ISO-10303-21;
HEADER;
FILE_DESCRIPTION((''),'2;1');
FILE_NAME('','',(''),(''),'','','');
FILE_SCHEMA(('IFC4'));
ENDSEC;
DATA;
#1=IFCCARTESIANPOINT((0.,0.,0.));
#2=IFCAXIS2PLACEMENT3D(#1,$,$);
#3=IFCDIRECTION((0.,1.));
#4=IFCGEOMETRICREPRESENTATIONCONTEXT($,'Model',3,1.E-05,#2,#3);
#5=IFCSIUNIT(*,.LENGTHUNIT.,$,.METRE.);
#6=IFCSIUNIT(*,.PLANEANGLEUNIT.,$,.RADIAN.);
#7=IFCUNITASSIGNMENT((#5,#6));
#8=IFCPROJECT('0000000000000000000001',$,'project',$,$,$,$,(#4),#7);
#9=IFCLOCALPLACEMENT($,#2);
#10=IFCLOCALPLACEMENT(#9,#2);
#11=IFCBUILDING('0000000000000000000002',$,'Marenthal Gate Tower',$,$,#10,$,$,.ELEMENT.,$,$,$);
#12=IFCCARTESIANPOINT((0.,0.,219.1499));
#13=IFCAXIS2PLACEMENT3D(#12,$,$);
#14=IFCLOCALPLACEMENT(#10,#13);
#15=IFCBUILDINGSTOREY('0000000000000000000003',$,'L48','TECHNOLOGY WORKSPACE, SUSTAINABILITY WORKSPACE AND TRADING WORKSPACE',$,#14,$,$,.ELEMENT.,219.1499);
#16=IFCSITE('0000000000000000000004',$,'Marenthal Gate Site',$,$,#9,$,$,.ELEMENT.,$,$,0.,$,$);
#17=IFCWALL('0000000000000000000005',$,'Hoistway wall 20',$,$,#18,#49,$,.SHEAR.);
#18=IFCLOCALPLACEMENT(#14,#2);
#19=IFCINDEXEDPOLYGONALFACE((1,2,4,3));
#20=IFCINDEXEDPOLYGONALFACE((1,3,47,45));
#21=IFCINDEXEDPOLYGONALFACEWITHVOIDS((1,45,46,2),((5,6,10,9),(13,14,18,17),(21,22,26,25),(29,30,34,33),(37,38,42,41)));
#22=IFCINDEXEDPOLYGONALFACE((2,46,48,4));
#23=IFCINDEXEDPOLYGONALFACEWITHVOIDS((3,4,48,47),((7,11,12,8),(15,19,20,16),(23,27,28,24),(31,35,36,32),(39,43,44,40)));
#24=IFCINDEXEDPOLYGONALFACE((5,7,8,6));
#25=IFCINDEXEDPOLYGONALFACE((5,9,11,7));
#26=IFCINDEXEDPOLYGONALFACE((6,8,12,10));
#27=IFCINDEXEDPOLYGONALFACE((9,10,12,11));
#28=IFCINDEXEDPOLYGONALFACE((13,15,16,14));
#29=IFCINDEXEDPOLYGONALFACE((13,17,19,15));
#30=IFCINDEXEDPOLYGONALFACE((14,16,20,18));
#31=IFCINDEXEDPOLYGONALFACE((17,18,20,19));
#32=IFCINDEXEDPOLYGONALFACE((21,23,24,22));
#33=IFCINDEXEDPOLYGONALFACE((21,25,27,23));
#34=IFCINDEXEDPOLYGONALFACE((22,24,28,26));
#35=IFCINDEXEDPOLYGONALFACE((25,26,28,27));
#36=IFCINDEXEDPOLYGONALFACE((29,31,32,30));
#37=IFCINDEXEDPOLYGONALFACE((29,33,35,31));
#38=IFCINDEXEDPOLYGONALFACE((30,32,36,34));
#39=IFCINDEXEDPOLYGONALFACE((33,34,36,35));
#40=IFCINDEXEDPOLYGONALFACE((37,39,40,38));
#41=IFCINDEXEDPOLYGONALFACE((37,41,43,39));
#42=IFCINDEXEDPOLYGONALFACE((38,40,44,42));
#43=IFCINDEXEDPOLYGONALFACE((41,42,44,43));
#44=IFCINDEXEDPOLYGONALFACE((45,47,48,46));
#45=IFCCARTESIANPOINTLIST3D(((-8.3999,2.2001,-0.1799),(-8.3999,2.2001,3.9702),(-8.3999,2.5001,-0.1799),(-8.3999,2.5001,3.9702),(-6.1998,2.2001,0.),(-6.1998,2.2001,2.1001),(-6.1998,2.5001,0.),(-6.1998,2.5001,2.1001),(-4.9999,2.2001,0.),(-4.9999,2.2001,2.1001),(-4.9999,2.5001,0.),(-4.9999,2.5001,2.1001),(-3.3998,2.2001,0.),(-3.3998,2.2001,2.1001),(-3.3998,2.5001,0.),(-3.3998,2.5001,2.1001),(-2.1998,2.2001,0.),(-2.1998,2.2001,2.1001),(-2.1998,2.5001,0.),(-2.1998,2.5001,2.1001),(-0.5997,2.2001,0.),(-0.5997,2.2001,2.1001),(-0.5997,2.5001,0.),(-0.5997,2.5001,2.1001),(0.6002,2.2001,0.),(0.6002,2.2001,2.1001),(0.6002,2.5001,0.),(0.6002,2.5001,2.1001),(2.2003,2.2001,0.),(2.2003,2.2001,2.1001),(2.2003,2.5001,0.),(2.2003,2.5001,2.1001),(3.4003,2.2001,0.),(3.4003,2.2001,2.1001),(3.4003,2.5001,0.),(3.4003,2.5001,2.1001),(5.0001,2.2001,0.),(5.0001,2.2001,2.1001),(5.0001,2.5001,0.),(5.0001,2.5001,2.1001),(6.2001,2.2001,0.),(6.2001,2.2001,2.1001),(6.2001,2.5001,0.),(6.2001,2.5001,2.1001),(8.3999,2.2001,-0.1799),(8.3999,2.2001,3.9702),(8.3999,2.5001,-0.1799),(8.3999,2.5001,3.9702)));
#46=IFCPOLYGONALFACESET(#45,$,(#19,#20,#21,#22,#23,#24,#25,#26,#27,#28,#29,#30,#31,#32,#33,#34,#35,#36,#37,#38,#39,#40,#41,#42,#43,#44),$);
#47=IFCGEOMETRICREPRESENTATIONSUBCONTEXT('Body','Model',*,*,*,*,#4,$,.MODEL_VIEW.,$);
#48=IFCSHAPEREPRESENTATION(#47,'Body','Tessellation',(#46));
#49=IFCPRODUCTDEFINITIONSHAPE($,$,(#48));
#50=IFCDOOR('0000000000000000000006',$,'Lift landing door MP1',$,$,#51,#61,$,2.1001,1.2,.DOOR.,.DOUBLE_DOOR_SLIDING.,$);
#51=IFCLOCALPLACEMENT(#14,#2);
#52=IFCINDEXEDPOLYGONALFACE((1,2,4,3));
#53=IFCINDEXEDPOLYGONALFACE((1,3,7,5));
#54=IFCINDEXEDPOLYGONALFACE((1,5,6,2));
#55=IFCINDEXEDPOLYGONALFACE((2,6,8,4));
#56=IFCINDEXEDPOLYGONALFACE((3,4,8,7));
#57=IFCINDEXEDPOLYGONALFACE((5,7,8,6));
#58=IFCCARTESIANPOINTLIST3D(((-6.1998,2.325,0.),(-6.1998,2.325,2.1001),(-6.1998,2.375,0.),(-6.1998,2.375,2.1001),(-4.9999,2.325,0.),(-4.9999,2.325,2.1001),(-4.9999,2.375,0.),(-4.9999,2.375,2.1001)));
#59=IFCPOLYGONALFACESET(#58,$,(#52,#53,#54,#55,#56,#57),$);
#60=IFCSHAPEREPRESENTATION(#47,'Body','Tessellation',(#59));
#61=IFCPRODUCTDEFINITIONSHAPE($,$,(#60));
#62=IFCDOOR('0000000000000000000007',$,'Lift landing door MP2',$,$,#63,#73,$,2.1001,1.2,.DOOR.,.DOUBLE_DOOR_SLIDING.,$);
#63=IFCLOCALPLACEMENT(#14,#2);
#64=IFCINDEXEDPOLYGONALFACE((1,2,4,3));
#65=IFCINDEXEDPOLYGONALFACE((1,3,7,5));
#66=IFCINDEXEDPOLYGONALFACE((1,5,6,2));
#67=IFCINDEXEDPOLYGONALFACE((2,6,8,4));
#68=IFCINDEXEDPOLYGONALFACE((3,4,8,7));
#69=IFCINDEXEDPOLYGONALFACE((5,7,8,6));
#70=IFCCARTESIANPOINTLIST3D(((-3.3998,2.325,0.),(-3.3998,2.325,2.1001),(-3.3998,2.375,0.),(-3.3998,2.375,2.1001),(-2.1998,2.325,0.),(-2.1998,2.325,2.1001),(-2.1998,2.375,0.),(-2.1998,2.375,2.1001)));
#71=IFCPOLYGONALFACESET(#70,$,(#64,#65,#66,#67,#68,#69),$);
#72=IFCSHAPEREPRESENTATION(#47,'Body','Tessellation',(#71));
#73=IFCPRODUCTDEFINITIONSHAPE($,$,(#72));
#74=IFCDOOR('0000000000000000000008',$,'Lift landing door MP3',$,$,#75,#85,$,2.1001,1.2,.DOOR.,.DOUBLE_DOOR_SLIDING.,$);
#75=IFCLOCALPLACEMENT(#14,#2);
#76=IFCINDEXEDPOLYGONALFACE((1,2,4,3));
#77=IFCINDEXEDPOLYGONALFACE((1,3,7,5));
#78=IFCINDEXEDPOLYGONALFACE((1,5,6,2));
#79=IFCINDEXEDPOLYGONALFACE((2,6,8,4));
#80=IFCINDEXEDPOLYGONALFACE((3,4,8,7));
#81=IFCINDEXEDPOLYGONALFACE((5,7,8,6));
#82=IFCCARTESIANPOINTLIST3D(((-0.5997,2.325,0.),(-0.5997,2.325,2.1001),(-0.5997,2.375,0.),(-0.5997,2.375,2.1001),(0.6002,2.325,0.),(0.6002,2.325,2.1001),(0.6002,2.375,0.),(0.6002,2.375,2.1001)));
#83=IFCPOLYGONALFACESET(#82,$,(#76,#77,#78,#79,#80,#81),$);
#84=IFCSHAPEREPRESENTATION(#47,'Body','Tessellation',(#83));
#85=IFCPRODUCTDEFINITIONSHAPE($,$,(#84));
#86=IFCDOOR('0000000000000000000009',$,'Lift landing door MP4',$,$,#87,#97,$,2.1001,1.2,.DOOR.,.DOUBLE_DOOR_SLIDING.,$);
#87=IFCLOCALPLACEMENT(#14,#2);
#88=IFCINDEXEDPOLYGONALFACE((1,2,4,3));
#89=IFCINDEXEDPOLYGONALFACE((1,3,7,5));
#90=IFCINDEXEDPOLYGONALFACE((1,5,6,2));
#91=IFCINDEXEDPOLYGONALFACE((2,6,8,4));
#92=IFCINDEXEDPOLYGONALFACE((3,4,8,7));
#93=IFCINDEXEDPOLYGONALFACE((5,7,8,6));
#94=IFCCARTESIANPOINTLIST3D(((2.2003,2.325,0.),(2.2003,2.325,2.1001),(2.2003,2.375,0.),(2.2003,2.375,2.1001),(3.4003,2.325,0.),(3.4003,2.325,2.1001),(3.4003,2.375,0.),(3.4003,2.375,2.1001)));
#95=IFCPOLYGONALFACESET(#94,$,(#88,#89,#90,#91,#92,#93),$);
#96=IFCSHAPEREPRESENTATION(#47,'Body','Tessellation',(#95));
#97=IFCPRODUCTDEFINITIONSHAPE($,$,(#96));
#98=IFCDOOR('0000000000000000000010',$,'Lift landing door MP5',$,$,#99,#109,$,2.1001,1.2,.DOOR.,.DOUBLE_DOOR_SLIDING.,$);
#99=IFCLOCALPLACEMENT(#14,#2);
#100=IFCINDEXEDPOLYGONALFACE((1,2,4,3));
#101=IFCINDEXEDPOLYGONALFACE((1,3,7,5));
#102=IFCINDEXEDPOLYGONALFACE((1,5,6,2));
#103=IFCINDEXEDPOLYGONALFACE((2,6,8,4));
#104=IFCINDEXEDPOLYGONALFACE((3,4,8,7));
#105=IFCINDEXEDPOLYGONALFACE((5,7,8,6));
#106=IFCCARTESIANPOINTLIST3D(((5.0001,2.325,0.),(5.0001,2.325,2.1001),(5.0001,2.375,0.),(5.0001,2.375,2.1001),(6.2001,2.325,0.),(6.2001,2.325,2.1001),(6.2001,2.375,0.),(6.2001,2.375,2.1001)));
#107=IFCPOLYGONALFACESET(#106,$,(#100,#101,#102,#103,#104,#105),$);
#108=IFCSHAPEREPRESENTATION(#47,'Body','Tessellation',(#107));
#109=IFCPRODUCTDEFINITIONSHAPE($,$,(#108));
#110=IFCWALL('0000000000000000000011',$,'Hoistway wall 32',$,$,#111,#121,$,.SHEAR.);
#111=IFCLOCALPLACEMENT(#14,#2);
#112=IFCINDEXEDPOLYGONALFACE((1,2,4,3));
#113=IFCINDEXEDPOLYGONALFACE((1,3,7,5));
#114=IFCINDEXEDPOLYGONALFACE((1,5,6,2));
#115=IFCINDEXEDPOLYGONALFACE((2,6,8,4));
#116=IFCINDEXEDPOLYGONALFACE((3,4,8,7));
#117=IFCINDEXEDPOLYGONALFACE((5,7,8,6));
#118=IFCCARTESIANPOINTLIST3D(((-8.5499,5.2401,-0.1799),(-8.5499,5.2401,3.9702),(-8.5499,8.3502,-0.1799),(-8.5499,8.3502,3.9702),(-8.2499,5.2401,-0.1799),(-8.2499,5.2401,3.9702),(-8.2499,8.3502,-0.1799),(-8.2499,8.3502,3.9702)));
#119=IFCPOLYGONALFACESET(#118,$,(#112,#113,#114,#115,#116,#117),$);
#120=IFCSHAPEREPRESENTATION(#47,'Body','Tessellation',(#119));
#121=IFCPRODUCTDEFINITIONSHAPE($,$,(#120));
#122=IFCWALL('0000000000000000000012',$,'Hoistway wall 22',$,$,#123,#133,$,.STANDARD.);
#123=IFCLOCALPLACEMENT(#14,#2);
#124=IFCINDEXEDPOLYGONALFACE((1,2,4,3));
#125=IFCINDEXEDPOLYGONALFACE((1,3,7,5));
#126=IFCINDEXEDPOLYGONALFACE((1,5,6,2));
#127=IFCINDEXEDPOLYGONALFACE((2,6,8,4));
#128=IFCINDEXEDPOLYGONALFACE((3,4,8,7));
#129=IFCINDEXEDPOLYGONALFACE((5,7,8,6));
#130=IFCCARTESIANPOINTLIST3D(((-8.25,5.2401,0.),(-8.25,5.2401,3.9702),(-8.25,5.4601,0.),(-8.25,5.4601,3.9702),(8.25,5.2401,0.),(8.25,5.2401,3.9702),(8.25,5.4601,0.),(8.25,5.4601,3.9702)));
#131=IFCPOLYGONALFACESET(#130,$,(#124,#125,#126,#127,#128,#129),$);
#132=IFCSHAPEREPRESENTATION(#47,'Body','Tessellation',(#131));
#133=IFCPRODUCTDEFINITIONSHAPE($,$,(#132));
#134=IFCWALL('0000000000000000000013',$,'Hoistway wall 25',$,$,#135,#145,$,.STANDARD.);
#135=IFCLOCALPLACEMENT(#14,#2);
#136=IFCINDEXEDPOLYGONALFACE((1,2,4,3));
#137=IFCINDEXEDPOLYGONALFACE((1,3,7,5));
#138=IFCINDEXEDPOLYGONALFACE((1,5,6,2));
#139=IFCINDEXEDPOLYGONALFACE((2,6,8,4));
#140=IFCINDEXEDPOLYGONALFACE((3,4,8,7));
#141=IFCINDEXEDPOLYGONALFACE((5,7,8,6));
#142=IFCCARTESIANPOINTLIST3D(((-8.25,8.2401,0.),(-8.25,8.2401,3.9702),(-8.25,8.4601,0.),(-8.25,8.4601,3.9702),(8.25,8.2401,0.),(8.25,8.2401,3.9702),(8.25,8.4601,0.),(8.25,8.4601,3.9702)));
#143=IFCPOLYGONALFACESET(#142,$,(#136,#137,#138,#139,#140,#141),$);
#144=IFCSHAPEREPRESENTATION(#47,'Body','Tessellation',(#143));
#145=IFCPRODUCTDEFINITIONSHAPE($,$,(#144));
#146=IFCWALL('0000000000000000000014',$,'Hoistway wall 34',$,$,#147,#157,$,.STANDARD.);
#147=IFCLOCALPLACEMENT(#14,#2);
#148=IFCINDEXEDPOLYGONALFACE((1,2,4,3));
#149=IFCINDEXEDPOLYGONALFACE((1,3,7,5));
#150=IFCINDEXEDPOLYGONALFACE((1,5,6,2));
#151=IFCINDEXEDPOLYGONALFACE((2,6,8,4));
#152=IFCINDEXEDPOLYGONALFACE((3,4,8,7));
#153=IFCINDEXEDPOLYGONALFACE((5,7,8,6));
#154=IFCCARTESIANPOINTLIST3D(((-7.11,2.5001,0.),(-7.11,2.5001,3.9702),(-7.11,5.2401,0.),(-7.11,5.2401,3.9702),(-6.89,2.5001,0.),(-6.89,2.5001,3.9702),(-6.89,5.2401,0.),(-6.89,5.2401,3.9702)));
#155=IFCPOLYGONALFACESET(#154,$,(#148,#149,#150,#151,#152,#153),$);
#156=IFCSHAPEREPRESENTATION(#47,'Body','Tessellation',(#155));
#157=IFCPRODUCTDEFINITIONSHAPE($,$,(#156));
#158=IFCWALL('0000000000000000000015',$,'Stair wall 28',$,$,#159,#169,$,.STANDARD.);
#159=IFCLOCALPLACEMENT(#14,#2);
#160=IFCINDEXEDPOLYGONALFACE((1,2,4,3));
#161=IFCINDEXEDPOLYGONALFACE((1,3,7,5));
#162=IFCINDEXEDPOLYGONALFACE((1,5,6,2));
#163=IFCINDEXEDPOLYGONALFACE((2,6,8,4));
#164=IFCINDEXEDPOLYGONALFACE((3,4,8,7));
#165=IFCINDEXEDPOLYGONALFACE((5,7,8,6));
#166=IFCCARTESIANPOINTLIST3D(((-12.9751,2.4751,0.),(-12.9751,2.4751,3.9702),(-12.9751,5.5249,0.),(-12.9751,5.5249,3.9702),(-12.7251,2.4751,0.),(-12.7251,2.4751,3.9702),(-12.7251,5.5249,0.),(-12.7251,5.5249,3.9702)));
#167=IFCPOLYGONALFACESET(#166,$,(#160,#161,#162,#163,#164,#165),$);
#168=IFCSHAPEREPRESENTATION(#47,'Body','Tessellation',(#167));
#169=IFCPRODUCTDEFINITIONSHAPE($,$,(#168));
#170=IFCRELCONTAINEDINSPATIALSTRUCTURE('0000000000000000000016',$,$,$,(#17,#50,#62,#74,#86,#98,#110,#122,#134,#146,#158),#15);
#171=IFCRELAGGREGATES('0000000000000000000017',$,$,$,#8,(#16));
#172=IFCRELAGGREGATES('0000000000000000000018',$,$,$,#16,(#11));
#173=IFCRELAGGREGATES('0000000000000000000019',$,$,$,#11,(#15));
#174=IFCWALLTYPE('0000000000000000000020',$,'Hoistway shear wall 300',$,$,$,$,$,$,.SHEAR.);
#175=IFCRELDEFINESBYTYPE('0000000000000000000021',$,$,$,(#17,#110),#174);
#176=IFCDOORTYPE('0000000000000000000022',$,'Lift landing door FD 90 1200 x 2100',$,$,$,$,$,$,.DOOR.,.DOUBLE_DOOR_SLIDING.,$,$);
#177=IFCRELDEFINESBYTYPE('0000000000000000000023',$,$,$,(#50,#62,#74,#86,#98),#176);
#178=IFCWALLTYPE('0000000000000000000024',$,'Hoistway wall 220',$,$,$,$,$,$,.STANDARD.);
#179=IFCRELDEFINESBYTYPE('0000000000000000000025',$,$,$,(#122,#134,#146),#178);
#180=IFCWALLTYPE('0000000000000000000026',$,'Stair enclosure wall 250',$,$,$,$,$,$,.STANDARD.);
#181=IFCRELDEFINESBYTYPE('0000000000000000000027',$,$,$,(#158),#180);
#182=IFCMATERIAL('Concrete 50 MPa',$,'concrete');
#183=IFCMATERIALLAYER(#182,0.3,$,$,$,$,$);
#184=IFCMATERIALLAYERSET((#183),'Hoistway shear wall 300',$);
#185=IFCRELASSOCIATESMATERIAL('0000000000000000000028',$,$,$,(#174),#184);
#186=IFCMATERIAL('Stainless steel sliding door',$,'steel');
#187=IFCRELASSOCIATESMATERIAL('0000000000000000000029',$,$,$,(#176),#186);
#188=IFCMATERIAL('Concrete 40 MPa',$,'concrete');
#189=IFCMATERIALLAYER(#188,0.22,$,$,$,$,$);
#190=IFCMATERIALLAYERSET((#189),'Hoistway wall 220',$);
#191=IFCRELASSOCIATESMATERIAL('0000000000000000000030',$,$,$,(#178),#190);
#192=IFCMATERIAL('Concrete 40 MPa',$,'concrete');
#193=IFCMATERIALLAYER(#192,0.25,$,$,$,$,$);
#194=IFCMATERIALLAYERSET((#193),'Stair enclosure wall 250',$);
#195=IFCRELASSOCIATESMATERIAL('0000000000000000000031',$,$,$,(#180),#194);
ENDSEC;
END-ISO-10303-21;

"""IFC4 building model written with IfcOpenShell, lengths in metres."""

from ifc_helpers import new_model, si_unit, direction, frame, frame_2d, origin, place, context, subcontext, project, spatial, rectangle, extrude, material, layer, layer_set, type_object, element, fill, save


model = new_model("IFC4")

# Units and contexts
model_context = context("Model", 3, precision=1e-05, world=origin(), true_north=direction((0.0, 1.0)))
body_context = subcontext(model_context, "Body", "Model", "MODEL_VIEW")
ifc_project = project(units=[si_unit("LENGTHUNIT", "METRE"), si_unit("PLANEANGLEUNIT", "RADIAN")], contexts=[model_context])

# Site, building, storey
site_placement = place(None, origin())
site = spatial("IfcSite", under=ifc_project, at=site_placement, Name="Marenthal Gate Site", CompositionType="ELEMENT", RefElevation=0.0)
building_placement = place(site_placement, origin())
building = spatial("IfcBuilding", under=site, at=building_placement, Name="Marenthal Gate Tower", CompositionType="ELEMENT")
storey_placement = place(building_placement, frame((0.0, 0.0, 219.1499)))
storey = spatial("IfcBuildingStorey", under=building, at=storey_placement, Name="L48", Description="TECHNOLOGY WORKSPACE, SUSTAINABILITY WORKSPACE AND TRADING WORKSPACE", CompositionType="ELEMENT", Elevation=219.1499)

# Wall, openings, doors
ifc_material_1 = material(Name="Concrete 50 MPa", Category="concrete")
ifc_layer_1 = layer(ifc_material_1, 0.3)
ifc_layer_set_1 = layer_set([ifc_layer_1], Name="Hoistway shear wall 300")
wall_type_1 = type_object("IfcWallType", Name="Hoistway shear wall 300", PredefinedType="SHEAR", material=ifc_layer_set_1)
wall_1_placement = place(storey_placement, frame((-8.3999, 2.3501, -0.1799), z_axis=(0.0, 0.0, 1.0), x_axis=(1.0, 0.0, 0.0)))
wall_1 = element("IfcWall", 1, at=wall_1_placement, inside=storey, type_object=wall_type_1, Name="Hoistway wall 20", PredefinedType="SHEAR", context=body_context, shape_type="SweptSolid", body=[
    extrude(rectangle(XDim=16.7998, YDim=0.3, at=frame_2d((8.3999, 0.0))), origin(), (0.0, 0.0, 1.0), 4.1501),
])
opening_1_placement = place(wall_1_placement, frame((2.2, 0.0, 0.1799)))
opening_1 = element("IfcOpeningElement", 2, at=opening_1_placement, cuts=wall_1, PredefinedType="OPENING", context=body_context, shape_type="SweptSolid", body=[
    extrude(rectangle(XDim=1.2, YDim=2.1001, at=frame_2d((0.6001, 1.05))), frame((0.0, 0.1602, 0.0), z_axis=(0.0, -1.0, 0.0), x_axis=(1.0, 0.0, 0.0)), (0.0, 0.0, 1.0), 0.3201),
])
opening_2_placement = place(wall_1_placement, frame((5.0, 0.0, 0.1799)))
opening_2 = element("IfcOpeningElement", 3, at=opening_2_placement, cuts=wall_1, PredefinedType="OPENING", context=body_context, shape_type="SweptSolid", body=[
    extrude(rectangle(XDim=1.2, YDim=2.1001, at=frame_2d((0.6001, 1.05))), frame((0.0, 0.1602, 0.0), z_axis=(0.0, -1.0, 0.0), x_axis=(1.0, 0.0, 0.0)), (0.0, 0.0, 1.0), 0.3201),
])
opening_3_placement = place(wall_1_placement, frame((7.8, 0.0, 0.1799)))
opening_3 = element("IfcOpeningElement", 4, at=opening_3_placement, cuts=wall_1, PredefinedType="OPENING", context=body_context, shape_type="SweptSolid", body=[
    extrude(rectangle(XDim=1.2, YDim=2.1001, at=frame_2d((0.6001, 1.05))), frame((0.0, 0.1602, 0.0), z_axis=(0.0, -1.0, 0.0), x_axis=(1.0, 0.0, 0.0)), (0.0, 0.0, 1.0), 0.3201),
])
opening_4_placement = place(wall_1_placement, frame((10.6001, 0.0, 0.1799)))
opening_4 = element("IfcOpeningElement", 5, at=opening_4_placement, cuts=wall_1, PredefinedType="OPENING", context=body_context, shape_type="SweptSolid", body=[
    extrude(rectangle(XDim=1.2, YDim=2.1001, at=frame_2d((0.6001, 1.05))), frame((0.0, 0.1602, 0.0), z_axis=(0.0, -1.0, 0.0), x_axis=(1.0, 0.0, 0.0)), (0.0, 0.0, 1.0), 0.3201),
])
opening_5_placement = place(wall_1_placement, frame((13.3999, 0.0, 0.1799)))
opening_5 = element("IfcOpeningElement", 6, at=opening_5_placement, cuts=wall_1, PredefinedType="OPENING", context=body_context, shape_type="SweptSolid", body=[
    extrude(rectangle(XDim=1.2, YDim=2.1001, at=frame_2d((0.6001, 1.05))), frame((0.0, 0.1602, 0.0), z_axis=(0.0, -1.0, 0.0), x_axis=(1.0, 0.0, 0.0)), (0.0, 0.0, 1.0), 0.3201),
])
ifc_material_2 = material(Name="Stainless steel sliding door", Category="steel")
door_type = type_object("IfcDoorType", Name="Lift landing door FD 90 1200 x 2100", OperationType="DOUBLE_DOOR_SLIDING", PredefinedType="DOOR", material=ifc_material_2)
door_1_placement = place(opening_1_placement, origin())
door_1 = element("IfcDoor", 7, at=door_1_placement, inside=storey, type_object=door_type, Name="Lift landing door MP1", OperationType="DOUBLE_DOOR_SLIDING", OverallHeight=2.1001, OverallWidth=1.2, PredefinedType="DOOR", context=body_context, shape_type="SweptSolid", body=[
    extrude(rectangle(XDim=1.2, YDim=2.1001, at=frame_2d((0.6001, 1.05))), frame((0.0, 0.0249, 0.0), z_axis=(0.0, -1.0, 0.0), x_axis=(1.0, 0.0, 0.0)), (0.0, 0.0, 1.0), 0.05),
])
fill(opening_1, door_1)
door_2_placement = place(opening_2_placement, origin())
door_2 = element("IfcDoor", 8, at=door_2_placement, inside=storey, type_object=door_type, Name="Lift landing door MP2", OperationType="DOUBLE_DOOR_SLIDING", OverallHeight=2.1001, OverallWidth=1.2, PredefinedType="DOOR", context=body_context, shape_type="SweptSolid", body=[
    extrude(rectangle(XDim=1.2, YDim=2.1001, at=frame_2d((0.6001, 1.05))), frame((0.0, 0.0249, 0.0), z_axis=(0.0, -1.0, 0.0), x_axis=(1.0, 0.0, 0.0)), (0.0, 0.0, 1.0), 0.05),
])
fill(opening_2, door_2)
door_3_placement = place(opening_3_placement, origin())
door_3 = element("IfcDoor", 9, at=door_3_placement, inside=storey, type_object=door_type, Name="Lift landing door MP3", OperationType="DOUBLE_DOOR_SLIDING", OverallHeight=2.1001, OverallWidth=1.2, PredefinedType="DOOR", context=body_context, shape_type="SweptSolid", body=[
    extrude(rectangle(XDim=1.2, YDim=2.1001, at=frame_2d((0.6001, 1.05))), frame((0.0, 0.0249, 0.0), z_axis=(0.0, -1.0, 0.0), x_axis=(1.0, 0.0, 0.0)), (0.0, 0.0, 1.0), 0.05),
])
fill(opening_3, door_3)
door_4_placement = place(opening_4_placement, origin())
door_4 = element("IfcDoor", 10, at=door_4_placement, inside=storey, type_object=door_type, Name="Lift landing door MP4", OperationType="DOUBLE_DOOR_SLIDING", OverallHeight=2.1001, OverallWidth=1.2, PredefinedType="DOOR", context=body_context, shape_type="SweptSolid", body=[
    extrude(rectangle(XDim=1.2, YDim=2.1001, at=frame_2d((0.6001, 1.05))), frame((0.0, 0.0249, 0.0), z_axis=(0.0, -1.0, 0.0), x_axis=(1.0, 0.0, 0.0)), (0.0, 0.0, 1.0), 0.05),
])
fill(opening_4, door_4)
door_5_placement = place(opening_5_placement, origin())
door_5 = element("IfcDoor", 11, at=door_5_placement, inside=storey, type_object=door_type, Name="Lift landing door MP5", OperationType="DOUBLE_DOOR_SLIDING", OverallHeight=2.1001, OverallWidth=1.2, PredefinedType="DOOR", context=body_context, shape_type="SweptSolid", body=[
    extrude(rectangle(XDim=1.2, YDim=2.1001, at=frame_2d((0.6001, 1.05))), frame((0.0, 0.0249, 0.0), z_axis=(0.0, -1.0, 0.0), x_axis=(1.0, 0.0, 0.0)), (0.0, 0.0, 1.0), 0.05),
])
fill(opening_5, door_5)

# Walls
wall_2_placement = place(storey_placement, frame((-8.3999, 5.24, -0.1799), z_axis=(0.0, 0.0, 1.0), x_axis=(0.0, 1.0, 0.0)))
element("IfcWall", 12, at=wall_2_placement, inside=storey, type_object=wall_type_1, Name="Hoistway wall 32", PredefinedType="SHEAR", context=body_context, shape_type="SweptSolid", body=[
    extrude(rectangle(XDim=3.1101, YDim=0.3, at=frame_2d((1.5552, 0.0))), origin(), (0.0, 0.0, 1.0), 4.1501),
])
ifc_material_3 = material(Name="Concrete 40 MPa", Category="concrete")
ifc_layer_2 = layer(ifc_material_3, 0.22)
ifc_layer_set_2 = layer_set([ifc_layer_2], Name="Hoistway wall 220")
wall_type_2 = type_object("IfcWallType", Name="Hoistway wall 220", PredefinedType="STANDARD", material=ifc_layer_set_2)
for number, where, z_axis, x_axis, name in (
    (13, (-8.25, 5.3501, 0.0), (0.0, 0.0, 1.0), (1.0, 0.0, 0.0), "Hoistway wall 22"),
    (14, (-8.25, 8.3501, 0.0), (0.0, 0.0, 1.0), (1.0, 0.0, 0.0), "Hoistway wall 25"),
):
    element("IfcWall", number, at=place(storey_placement, frame(where, z_axis=z_axis, x_axis=x_axis)), inside=storey, type_object=wall_type_2, Name=name, PredefinedType="STANDARD", context=body_context, shape_type="SweptSolid", body=[
        extrude(rectangle(XDim=16.5, YDim=0.22, at=frame_2d((8.25, 0.0))), origin(), (0.0, 0.0, 1.0), 3.9702),
    ])
wall_3_placement = place(storey_placement, frame((-7.0, 2.5, 0.0), z_axis=(0.0, 0.0, 1.0), x_axis=(0.0, 1.0, 0.0)))
element("IfcWall", 15, at=wall_3_placement, inside=storey, type_object=wall_type_2, Name="Hoistway wall 34", PredefinedType="STANDARD", context=body_context, shape_type="SweptSolid", body=[
    extrude(rectangle(XDim=2.74, YDim=0.22, at=frame_2d((1.3701, 0.0))), origin(), (0.0, 0.0, 1.0), 3.9702),
])
ifc_material_4 = material(Name="Concrete 40 MPa", Category="concrete")
ifc_layer_3 = layer(ifc_material_4, 0.25)
ifc_layer_set_3 = layer_set([ifc_layer_3], Name="Stair enclosure wall 250")
wall_type_3 = type_object("IfcWallType", Name="Stair enclosure wall 250", PredefinedType="STANDARD", material=ifc_layer_set_3)
wall_4_placement = place(storey_placement, frame((-12.8501, 2.4751, 0.0), z_axis=(0.0, 0.0, 1.0), x_axis=(0.0, 1.0, 0.0)))
element("IfcWall", 16, at=wall_4_placement, inside=storey, type_object=wall_type_3, Name="Stair wall 28", PredefinedType="STANDARD", context=body_context, shape_type="SweptSolid", body=[
    extrude(rectangle(XDim=3.0498, YDim=0.25, at=frame_2d((1.5249, 0.0))), origin(), (0.0, 0.0, 1.0), 3.9702),
])

save(model, "model.ifc")
